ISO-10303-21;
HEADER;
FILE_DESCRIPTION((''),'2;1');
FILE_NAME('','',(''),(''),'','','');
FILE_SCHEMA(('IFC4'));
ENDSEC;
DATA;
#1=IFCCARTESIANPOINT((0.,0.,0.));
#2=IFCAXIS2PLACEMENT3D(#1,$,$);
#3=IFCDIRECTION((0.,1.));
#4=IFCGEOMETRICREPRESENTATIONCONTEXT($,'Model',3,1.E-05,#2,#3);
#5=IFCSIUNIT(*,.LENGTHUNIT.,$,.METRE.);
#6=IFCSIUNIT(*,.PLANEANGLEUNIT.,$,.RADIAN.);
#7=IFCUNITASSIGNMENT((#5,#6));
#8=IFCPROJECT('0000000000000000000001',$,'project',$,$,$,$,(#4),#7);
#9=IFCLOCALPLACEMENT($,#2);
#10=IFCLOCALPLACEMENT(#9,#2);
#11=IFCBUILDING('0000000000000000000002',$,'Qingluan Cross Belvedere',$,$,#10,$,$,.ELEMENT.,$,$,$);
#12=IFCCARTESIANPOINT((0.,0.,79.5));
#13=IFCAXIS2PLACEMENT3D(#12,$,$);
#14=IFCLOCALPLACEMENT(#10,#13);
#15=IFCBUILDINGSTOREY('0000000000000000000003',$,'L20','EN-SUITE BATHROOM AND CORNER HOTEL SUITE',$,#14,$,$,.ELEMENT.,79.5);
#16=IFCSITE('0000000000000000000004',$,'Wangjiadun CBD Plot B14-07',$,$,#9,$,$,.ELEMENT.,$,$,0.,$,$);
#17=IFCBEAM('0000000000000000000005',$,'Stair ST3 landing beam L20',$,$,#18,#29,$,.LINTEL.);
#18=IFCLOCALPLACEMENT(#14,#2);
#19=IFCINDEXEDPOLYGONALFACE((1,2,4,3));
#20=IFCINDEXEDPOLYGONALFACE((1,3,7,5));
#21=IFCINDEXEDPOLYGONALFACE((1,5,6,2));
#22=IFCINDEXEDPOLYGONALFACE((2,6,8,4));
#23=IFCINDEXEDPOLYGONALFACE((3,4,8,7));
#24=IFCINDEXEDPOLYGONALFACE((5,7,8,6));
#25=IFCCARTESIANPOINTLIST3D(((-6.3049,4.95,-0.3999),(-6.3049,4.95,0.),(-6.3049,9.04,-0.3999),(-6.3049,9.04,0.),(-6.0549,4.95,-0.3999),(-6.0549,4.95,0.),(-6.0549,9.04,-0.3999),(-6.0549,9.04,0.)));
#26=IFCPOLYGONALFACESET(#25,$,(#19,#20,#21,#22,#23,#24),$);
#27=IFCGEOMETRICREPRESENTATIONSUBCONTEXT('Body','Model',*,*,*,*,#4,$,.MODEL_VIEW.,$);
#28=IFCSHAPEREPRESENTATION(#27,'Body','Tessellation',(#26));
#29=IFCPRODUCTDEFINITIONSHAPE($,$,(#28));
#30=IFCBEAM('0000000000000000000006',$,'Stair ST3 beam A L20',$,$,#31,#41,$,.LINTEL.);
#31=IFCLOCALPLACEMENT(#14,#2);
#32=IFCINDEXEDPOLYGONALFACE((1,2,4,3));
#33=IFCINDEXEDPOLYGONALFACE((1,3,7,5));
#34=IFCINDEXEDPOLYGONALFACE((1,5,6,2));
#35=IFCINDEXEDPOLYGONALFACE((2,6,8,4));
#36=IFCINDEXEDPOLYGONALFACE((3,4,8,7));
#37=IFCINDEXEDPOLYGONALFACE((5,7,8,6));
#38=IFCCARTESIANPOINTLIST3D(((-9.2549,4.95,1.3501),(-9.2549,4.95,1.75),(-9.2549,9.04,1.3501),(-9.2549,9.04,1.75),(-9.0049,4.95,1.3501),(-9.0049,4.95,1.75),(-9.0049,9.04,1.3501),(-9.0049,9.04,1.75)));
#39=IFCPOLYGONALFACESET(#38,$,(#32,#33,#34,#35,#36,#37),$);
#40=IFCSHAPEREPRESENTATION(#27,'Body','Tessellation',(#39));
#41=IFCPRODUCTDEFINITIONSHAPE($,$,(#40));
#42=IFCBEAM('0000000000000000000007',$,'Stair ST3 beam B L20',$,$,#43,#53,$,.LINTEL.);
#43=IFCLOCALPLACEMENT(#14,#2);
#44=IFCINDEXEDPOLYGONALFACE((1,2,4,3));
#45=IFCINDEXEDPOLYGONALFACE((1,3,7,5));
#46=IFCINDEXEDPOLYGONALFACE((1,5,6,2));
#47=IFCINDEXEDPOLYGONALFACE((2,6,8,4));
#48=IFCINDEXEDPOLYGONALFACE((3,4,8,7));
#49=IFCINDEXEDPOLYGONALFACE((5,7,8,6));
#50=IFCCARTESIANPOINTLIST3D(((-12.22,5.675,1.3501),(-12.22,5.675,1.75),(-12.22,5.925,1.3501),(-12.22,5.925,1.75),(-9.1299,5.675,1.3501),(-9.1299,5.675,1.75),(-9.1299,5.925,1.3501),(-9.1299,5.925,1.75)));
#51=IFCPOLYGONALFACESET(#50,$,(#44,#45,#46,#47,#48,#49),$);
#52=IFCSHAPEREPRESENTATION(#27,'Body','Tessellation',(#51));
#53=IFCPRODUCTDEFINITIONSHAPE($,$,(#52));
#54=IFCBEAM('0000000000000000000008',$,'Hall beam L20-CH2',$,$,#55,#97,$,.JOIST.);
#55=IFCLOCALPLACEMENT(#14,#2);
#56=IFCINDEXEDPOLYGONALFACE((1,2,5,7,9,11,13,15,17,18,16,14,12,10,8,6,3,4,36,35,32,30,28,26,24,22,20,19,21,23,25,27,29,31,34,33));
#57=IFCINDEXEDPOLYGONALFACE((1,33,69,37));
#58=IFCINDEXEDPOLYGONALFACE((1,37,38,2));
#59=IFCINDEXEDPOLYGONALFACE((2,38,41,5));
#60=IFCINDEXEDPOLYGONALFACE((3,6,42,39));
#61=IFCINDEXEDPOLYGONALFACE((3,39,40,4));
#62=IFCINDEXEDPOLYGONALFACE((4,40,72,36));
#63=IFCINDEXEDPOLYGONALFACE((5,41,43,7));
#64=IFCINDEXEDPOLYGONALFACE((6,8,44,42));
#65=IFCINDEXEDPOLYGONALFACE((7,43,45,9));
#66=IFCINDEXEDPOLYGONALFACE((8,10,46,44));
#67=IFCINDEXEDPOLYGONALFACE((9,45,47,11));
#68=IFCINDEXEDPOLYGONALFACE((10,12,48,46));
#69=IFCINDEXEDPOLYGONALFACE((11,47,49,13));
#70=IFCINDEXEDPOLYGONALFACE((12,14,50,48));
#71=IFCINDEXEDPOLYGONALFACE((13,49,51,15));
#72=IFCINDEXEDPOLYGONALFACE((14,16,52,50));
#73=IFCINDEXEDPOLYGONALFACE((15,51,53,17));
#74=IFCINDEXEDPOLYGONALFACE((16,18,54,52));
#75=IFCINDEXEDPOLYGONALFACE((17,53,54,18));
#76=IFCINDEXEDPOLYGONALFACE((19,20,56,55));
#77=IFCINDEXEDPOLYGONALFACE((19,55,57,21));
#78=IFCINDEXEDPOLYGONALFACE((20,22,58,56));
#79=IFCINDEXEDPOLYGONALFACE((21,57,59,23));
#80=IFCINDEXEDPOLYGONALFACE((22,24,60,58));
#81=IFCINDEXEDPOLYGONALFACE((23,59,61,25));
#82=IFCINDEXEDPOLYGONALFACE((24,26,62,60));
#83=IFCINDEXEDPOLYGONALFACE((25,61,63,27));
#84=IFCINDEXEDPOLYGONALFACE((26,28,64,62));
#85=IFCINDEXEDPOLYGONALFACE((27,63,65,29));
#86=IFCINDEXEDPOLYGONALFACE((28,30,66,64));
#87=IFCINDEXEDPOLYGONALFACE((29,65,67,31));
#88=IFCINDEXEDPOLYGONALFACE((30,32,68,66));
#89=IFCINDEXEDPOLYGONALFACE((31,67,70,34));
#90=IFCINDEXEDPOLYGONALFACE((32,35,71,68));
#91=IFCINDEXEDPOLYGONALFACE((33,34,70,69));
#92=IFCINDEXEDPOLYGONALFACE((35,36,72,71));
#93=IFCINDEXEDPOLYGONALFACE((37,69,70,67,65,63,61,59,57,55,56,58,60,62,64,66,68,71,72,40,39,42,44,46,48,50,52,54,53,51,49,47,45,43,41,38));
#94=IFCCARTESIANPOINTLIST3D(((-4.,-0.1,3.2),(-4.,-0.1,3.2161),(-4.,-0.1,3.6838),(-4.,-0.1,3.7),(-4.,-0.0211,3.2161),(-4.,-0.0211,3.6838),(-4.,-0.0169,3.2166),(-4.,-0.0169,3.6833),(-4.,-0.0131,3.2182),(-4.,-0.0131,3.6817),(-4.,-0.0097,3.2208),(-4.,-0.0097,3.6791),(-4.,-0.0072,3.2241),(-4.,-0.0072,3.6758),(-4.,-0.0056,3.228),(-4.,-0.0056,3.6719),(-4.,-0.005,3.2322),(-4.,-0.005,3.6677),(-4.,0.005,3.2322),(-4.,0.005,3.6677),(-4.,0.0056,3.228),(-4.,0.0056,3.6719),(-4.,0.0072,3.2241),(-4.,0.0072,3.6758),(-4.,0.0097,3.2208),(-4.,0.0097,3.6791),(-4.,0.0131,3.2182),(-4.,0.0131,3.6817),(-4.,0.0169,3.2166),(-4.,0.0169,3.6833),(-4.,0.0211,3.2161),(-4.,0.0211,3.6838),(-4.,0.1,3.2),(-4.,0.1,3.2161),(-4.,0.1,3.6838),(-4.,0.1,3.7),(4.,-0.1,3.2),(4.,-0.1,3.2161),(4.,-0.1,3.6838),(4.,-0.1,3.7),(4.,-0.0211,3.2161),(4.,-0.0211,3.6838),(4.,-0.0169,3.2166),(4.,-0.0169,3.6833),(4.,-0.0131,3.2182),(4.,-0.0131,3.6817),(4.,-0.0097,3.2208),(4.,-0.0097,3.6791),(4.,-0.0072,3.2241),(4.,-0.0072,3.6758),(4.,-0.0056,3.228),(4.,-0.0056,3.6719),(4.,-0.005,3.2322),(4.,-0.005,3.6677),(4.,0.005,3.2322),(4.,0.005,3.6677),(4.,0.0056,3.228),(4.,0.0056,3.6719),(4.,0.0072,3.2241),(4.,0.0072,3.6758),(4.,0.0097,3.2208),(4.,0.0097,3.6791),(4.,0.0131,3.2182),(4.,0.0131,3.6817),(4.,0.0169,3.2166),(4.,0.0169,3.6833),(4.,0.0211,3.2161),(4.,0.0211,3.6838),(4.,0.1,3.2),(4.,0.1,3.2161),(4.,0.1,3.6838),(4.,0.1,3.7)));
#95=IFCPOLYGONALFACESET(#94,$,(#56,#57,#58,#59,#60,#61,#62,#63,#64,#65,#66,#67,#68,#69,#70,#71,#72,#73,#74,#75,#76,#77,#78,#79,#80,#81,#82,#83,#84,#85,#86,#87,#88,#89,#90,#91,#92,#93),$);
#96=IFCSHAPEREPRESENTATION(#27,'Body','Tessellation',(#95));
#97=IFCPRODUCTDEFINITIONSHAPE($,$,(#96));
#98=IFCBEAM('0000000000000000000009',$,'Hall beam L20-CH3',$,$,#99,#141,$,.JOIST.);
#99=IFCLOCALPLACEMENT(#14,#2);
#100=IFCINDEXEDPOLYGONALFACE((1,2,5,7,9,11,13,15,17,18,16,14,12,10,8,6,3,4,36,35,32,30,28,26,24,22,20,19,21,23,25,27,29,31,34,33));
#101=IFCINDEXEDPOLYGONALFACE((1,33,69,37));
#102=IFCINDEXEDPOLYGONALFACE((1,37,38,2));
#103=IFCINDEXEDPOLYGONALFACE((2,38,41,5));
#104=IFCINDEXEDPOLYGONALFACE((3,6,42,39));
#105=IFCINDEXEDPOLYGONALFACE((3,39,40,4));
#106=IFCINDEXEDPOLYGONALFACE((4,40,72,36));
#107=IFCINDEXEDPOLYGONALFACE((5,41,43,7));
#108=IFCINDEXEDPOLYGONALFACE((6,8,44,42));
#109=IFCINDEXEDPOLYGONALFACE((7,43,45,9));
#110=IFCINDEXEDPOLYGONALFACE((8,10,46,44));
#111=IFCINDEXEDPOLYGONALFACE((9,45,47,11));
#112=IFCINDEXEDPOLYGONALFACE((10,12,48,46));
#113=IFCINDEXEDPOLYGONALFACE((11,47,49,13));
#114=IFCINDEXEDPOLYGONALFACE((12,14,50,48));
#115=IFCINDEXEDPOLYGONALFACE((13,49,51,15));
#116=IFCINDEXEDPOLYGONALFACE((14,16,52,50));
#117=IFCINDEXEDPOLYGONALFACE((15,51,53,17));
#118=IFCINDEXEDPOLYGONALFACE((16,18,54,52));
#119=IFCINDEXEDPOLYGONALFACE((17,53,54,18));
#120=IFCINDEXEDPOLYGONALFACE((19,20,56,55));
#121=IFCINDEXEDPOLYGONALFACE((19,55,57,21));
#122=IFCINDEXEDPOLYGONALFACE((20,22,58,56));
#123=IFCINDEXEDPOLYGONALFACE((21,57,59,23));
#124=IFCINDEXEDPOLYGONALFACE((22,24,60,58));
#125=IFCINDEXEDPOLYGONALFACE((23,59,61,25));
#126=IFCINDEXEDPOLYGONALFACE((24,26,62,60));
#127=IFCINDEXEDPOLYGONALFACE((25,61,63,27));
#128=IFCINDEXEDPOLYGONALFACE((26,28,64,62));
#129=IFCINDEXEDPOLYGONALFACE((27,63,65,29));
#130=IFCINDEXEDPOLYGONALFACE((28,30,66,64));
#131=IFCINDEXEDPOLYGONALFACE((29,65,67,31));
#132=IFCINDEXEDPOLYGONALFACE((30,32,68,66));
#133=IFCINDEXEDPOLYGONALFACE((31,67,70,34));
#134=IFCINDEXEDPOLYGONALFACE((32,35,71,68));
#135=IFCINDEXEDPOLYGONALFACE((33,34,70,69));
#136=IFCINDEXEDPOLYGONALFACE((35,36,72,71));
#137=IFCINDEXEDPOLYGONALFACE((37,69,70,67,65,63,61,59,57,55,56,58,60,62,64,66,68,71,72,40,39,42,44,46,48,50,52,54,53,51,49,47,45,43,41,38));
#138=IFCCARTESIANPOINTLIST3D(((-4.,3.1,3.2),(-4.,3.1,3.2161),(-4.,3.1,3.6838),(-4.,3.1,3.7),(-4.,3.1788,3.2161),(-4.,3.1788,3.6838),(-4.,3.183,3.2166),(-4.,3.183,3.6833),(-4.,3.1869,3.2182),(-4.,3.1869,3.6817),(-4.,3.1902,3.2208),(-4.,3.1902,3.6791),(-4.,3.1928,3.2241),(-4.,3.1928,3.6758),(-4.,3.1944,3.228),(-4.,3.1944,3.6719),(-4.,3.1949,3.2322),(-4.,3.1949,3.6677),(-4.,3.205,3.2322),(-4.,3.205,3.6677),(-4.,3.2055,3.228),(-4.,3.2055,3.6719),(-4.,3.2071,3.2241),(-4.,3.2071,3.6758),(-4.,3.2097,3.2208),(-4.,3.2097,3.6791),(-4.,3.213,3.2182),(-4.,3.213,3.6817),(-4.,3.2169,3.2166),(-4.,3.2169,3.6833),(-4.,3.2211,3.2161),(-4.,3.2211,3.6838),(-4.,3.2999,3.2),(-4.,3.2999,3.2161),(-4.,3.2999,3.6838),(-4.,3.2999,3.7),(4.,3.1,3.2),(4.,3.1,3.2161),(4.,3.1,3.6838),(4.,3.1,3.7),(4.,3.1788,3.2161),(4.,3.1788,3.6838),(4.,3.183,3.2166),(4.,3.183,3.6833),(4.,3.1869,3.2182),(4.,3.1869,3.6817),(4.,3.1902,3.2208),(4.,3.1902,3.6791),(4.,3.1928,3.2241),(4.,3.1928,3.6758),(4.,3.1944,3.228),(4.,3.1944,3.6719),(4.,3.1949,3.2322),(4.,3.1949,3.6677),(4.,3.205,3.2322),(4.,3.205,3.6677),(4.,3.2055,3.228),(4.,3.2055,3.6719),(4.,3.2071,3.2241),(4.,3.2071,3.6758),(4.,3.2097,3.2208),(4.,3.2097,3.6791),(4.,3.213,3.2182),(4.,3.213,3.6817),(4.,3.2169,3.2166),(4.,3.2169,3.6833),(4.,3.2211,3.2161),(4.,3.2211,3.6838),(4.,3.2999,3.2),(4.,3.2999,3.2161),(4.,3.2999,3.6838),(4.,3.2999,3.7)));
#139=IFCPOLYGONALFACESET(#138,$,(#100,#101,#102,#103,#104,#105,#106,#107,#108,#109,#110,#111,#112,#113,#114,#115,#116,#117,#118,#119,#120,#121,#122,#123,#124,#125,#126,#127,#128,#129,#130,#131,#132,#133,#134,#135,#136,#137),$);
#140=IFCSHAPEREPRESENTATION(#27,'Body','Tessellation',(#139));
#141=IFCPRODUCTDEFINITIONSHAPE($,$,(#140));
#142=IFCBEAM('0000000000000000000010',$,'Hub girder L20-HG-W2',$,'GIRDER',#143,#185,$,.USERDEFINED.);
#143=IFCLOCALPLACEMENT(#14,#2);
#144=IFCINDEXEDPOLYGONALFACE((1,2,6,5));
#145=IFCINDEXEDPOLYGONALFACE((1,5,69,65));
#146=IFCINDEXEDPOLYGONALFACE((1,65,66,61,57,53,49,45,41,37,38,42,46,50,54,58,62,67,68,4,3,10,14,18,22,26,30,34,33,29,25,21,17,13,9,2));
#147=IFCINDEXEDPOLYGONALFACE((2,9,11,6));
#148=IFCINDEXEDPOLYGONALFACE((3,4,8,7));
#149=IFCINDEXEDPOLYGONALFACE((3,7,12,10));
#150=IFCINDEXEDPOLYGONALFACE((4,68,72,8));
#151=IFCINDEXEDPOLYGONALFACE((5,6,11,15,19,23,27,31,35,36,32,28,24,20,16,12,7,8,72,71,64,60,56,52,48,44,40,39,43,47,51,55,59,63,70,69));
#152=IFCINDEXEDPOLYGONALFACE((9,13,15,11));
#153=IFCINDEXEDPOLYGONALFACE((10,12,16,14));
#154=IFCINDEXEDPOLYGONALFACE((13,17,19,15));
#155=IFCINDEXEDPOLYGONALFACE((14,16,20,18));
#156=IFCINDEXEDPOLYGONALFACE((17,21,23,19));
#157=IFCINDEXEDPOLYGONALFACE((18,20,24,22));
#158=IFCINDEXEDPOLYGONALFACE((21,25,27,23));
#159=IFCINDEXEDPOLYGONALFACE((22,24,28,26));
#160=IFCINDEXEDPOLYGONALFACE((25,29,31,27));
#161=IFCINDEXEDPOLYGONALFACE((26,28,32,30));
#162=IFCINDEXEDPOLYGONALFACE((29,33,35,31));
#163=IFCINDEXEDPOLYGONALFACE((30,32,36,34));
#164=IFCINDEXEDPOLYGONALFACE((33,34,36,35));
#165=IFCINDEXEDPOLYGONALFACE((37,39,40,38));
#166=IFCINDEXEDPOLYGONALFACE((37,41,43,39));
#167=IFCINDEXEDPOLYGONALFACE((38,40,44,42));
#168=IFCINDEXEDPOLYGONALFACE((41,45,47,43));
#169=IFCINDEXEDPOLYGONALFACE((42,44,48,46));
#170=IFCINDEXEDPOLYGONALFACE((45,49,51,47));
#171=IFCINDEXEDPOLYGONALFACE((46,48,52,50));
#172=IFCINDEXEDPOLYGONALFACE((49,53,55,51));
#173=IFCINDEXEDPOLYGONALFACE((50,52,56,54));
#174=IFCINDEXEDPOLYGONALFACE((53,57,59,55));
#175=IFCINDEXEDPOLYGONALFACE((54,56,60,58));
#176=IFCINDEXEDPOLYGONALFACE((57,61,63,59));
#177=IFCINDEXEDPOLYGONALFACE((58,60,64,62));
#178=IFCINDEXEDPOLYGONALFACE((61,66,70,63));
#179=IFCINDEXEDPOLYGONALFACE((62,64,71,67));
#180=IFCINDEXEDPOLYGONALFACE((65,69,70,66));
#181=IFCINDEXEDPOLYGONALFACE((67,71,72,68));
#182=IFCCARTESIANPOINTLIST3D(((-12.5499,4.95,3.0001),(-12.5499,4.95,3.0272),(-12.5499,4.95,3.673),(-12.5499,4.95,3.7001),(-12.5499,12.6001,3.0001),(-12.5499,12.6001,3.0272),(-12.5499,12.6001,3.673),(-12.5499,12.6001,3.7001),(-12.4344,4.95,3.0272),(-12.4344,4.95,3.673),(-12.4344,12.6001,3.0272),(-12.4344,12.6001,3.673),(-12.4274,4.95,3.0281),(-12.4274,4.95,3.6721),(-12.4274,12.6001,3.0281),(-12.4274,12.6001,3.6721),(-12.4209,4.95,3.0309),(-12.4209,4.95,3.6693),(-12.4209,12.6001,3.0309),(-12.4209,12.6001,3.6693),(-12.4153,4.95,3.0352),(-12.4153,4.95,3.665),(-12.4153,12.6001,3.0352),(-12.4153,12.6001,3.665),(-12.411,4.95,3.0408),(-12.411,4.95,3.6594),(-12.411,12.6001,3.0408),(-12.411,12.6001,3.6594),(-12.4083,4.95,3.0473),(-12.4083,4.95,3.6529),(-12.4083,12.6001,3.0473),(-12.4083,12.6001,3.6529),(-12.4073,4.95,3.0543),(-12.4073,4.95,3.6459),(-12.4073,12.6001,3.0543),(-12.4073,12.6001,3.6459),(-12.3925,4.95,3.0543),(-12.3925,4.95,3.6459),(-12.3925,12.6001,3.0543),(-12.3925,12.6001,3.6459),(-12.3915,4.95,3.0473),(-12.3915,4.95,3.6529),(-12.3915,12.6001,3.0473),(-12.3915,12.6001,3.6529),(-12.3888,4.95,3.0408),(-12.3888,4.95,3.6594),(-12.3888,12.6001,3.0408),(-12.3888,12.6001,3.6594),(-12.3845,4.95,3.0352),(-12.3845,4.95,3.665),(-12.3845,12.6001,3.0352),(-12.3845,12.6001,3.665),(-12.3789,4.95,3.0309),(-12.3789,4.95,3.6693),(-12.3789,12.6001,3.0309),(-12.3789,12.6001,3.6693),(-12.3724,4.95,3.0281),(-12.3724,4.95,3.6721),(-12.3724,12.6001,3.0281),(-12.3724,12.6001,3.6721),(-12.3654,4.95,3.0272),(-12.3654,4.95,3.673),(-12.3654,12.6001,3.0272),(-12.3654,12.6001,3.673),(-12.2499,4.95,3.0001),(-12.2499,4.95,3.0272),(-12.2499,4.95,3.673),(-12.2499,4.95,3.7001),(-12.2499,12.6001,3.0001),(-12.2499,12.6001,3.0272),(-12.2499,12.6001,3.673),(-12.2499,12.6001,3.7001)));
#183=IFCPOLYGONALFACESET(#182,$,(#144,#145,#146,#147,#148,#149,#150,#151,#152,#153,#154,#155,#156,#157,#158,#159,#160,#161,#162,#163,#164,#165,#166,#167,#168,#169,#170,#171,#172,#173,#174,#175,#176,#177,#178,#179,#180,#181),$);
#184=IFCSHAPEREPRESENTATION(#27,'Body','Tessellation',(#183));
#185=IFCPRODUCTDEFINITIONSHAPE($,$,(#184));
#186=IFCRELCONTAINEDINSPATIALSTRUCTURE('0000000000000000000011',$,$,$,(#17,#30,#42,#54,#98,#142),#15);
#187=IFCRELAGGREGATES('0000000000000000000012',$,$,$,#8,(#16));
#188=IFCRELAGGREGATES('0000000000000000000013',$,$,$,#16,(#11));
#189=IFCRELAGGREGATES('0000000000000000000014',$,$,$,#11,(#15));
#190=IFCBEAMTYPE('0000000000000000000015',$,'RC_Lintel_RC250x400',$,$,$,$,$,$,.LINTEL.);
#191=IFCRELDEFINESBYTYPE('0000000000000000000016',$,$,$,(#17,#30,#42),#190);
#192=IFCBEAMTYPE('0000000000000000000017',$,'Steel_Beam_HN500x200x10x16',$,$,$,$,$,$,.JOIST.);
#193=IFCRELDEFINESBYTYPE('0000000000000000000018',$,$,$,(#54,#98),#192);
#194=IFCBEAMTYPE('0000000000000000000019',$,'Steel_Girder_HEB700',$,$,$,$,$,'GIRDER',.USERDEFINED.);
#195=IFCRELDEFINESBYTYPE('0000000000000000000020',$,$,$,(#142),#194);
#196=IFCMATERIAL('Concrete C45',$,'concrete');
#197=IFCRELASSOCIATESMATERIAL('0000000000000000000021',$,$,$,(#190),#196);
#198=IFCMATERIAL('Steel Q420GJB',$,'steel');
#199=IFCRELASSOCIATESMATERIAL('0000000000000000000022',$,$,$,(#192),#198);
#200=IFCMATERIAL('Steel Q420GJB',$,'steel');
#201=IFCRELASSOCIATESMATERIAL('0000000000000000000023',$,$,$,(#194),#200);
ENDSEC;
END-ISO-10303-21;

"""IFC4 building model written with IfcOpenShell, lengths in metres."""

from ifc_helpers import new_model, si_unit, direction, frame, origin, origin_2d, place, context, subcontext, project, spatial, rectangle, i_section, extrude, material, material_profile, profile_set, type_object, element, save


model = new_model("IFC4")

# Units and contexts
model_context = context("Model", 3, precision=1e-05, world=origin(), true_north=direction((0.0, 1.0)))
body_context = subcontext(model_context, "Body", "Model", "MODEL_VIEW")
ifc_project = project(units=[si_unit("LENGTHUNIT", "METRE"), si_unit("PLANEANGLEUNIT", "RADIAN")], contexts=[model_context])

# Site, building, storey
site_placement = place(None, origin())
site = spatial("IfcSite", under=ifc_project, at=site_placement, Name="Wangjiadun CBD Plot B14-07", CompositionType="ELEMENT", RefElevation=0.0)
building_placement = place(site_placement, origin())
building = spatial("IfcBuilding", under=site, at=building_placement, Name="Qingluan Cross Belvedere", CompositionType="ELEMENT")
storey_placement = place(building_placement, frame((0.0, 0.0, 79.5)))
storey = spatial("IfcBuildingStorey", under=building, at=storey_placement, Name="L20", Description="EN-SUITE BATHROOM AND CORNER HOTEL SUITE", CompositionType="ELEMENT", Elevation=79.5)

# Beams
ifc_material_1 = material(Name="Concrete C45", Category="concrete")
ifc_material_profile_1 = material_profile(ifc_material_1, rectangle(XDim=0.25, YDim=0.3999, at=origin_2d()), Name="RC250x400")
ifc_profile_set_1 = profile_set([ifc_material_profile_1], Name="Concrete C45")
beam_type_1 = type_object("IfcBeamType", Name="RC_Lintel_RC250x400", PredefinedType="LINTEL", material=ifc_profile_set_1)
for number, where, z_axis, x_axis, name in (
    (1, (-6.1799, 4.95, -0.2), (0.0, 1.0, 0.0), (-1.0, 0.0, 0.0), "Stair ST3 landing beam L20"),
    (2, (-9.1299, 4.95, 1.55), (0.0, 1.0, 0.0), (-1.0, 0.0, 0.0), "Stair ST3 beam A L20"),
):
    element("IfcBeam", number, at=place(storey_placement, frame(where, z_axis=z_axis, x_axis=x_axis)), inside=storey, type_object=beam_type_1, Name=name, PredefinedType="LINTEL", context=body_context, shape_type="SweptSolid", body=[
        extrude(rectangle(XDim=0.25, YDim=0.3999, at=origin_2d()), origin(), (0.0, 0.0, 1.0), 4.0901),
    ])
beam_1_placement = place(storey_placement, frame((-12.22, 5.8, 1.55), z_axis=(1.0, 0.0, 0.0), x_axis=(0.0, 1.0, 0.0)))
element("IfcBeam", 3, at=beam_1_placement, inside=storey, type_object=beam_type_1, Name="Stair ST3 beam B L20", PredefinedType="LINTEL", context=body_context, shape_type="SweptSolid", body=[
    extrude(rectangle(XDim=0.25, YDim=0.3999, at=origin_2d()), origin(), (0.0, 0.0, 1.0), 3.0901),
])
ifc_material_2 = material(Name="Steel Q420GJB", Category="steel")
ifc_material_profile_2 = material_profile(ifc_material_2, i_section(OverallWidth=0.2, OverallDepth=0.5, WebThickness=0.01, FlangeThickness=0.0161, FilletRadius=0.0161, at=origin_2d()), Name="HN500x200x10x16")
ifc_profile_set_2 = profile_set([ifc_material_profile_2], Name="Steel Q420GJB")
beam_type_2 = type_object("IfcBeamType", Name="Steel_Beam_HN500x200x10x16", PredefinedType="JOIST", material=ifc_profile_set_2)
for number, where, z_axis, x_axis, name in (
    (4, (-4.0, 0.0, 3.45), (1.0, 0.0, 0.0), (0.0, 1.0, 0.0), "Hall beam L20-CH2"),
    (5, (-4.0, 3.2, 3.45), (1.0, 0.0, 0.0), (0.0, 1.0, 0.0), "Hall beam L20-CH3"),
):
    element("IfcBeam", number, at=place(storey_placement, frame(where, z_axis=z_axis, x_axis=x_axis)), inside=storey, type_object=beam_type_2, Name=name, PredefinedType="JOIST", context=body_context, shape_type="SweptSolid", body=[
        extrude(i_section(OverallWidth=0.2, OverallDepth=0.5, WebThickness=0.01, FlangeThickness=0.0161, FilletRadius=0.0161, at=origin_2d()), origin(), (0.0, 0.0, 1.0), 8.0),
    ])
ifc_material_3 = material(Name="Steel Q420GJB", Category="steel")
ifc_material_profile_3 = material_profile(ifc_material_3, i_section(OverallWidth=0.3, OverallDepth=0.7, WebThickness=0.0149, FlangeThickness=0.0271, FilletRadius=0.0271, at=origin_2d()), Name="HEB700")
ifc_profile_set_3 = profile_set([ifc_material_profile_3], Name="Steel Q420GJB")
beam_type_3 = type_object("IfcBeamType", Name="Steel_Girder_HEB700", ElementType="GIRDER", PredefinedType="USERDEFINED", material=ifc_profile_set_3)
beam_2_placement = place(storey_placement, frame((-12.3999, 4.95, 3.3501), z_axis=(0.0, 1.0, 0.0), x_axis=(-1.0, 0.0, 0.0)))
element("IfcBeam", 6, at=beam_2_placement, inside=storey, type_object=beam_type_3, Name="Hub girder L20-HG-W2", ObjectType="GIRDER", PredefinedType="USERDEFINED", context=body_context, shape_type="SweptSolid", body=[
    extrude(i_section(OverallWidth=0.3, OverallDepth=0.7, WebThickness=0.0149, FlangeThickness=0.0271, FilletRadius=0.0271, at=origin_2d()), origin(), (0.0, 0.0, 1.0), 7.6501),
])

save(model, "model.ifc")
